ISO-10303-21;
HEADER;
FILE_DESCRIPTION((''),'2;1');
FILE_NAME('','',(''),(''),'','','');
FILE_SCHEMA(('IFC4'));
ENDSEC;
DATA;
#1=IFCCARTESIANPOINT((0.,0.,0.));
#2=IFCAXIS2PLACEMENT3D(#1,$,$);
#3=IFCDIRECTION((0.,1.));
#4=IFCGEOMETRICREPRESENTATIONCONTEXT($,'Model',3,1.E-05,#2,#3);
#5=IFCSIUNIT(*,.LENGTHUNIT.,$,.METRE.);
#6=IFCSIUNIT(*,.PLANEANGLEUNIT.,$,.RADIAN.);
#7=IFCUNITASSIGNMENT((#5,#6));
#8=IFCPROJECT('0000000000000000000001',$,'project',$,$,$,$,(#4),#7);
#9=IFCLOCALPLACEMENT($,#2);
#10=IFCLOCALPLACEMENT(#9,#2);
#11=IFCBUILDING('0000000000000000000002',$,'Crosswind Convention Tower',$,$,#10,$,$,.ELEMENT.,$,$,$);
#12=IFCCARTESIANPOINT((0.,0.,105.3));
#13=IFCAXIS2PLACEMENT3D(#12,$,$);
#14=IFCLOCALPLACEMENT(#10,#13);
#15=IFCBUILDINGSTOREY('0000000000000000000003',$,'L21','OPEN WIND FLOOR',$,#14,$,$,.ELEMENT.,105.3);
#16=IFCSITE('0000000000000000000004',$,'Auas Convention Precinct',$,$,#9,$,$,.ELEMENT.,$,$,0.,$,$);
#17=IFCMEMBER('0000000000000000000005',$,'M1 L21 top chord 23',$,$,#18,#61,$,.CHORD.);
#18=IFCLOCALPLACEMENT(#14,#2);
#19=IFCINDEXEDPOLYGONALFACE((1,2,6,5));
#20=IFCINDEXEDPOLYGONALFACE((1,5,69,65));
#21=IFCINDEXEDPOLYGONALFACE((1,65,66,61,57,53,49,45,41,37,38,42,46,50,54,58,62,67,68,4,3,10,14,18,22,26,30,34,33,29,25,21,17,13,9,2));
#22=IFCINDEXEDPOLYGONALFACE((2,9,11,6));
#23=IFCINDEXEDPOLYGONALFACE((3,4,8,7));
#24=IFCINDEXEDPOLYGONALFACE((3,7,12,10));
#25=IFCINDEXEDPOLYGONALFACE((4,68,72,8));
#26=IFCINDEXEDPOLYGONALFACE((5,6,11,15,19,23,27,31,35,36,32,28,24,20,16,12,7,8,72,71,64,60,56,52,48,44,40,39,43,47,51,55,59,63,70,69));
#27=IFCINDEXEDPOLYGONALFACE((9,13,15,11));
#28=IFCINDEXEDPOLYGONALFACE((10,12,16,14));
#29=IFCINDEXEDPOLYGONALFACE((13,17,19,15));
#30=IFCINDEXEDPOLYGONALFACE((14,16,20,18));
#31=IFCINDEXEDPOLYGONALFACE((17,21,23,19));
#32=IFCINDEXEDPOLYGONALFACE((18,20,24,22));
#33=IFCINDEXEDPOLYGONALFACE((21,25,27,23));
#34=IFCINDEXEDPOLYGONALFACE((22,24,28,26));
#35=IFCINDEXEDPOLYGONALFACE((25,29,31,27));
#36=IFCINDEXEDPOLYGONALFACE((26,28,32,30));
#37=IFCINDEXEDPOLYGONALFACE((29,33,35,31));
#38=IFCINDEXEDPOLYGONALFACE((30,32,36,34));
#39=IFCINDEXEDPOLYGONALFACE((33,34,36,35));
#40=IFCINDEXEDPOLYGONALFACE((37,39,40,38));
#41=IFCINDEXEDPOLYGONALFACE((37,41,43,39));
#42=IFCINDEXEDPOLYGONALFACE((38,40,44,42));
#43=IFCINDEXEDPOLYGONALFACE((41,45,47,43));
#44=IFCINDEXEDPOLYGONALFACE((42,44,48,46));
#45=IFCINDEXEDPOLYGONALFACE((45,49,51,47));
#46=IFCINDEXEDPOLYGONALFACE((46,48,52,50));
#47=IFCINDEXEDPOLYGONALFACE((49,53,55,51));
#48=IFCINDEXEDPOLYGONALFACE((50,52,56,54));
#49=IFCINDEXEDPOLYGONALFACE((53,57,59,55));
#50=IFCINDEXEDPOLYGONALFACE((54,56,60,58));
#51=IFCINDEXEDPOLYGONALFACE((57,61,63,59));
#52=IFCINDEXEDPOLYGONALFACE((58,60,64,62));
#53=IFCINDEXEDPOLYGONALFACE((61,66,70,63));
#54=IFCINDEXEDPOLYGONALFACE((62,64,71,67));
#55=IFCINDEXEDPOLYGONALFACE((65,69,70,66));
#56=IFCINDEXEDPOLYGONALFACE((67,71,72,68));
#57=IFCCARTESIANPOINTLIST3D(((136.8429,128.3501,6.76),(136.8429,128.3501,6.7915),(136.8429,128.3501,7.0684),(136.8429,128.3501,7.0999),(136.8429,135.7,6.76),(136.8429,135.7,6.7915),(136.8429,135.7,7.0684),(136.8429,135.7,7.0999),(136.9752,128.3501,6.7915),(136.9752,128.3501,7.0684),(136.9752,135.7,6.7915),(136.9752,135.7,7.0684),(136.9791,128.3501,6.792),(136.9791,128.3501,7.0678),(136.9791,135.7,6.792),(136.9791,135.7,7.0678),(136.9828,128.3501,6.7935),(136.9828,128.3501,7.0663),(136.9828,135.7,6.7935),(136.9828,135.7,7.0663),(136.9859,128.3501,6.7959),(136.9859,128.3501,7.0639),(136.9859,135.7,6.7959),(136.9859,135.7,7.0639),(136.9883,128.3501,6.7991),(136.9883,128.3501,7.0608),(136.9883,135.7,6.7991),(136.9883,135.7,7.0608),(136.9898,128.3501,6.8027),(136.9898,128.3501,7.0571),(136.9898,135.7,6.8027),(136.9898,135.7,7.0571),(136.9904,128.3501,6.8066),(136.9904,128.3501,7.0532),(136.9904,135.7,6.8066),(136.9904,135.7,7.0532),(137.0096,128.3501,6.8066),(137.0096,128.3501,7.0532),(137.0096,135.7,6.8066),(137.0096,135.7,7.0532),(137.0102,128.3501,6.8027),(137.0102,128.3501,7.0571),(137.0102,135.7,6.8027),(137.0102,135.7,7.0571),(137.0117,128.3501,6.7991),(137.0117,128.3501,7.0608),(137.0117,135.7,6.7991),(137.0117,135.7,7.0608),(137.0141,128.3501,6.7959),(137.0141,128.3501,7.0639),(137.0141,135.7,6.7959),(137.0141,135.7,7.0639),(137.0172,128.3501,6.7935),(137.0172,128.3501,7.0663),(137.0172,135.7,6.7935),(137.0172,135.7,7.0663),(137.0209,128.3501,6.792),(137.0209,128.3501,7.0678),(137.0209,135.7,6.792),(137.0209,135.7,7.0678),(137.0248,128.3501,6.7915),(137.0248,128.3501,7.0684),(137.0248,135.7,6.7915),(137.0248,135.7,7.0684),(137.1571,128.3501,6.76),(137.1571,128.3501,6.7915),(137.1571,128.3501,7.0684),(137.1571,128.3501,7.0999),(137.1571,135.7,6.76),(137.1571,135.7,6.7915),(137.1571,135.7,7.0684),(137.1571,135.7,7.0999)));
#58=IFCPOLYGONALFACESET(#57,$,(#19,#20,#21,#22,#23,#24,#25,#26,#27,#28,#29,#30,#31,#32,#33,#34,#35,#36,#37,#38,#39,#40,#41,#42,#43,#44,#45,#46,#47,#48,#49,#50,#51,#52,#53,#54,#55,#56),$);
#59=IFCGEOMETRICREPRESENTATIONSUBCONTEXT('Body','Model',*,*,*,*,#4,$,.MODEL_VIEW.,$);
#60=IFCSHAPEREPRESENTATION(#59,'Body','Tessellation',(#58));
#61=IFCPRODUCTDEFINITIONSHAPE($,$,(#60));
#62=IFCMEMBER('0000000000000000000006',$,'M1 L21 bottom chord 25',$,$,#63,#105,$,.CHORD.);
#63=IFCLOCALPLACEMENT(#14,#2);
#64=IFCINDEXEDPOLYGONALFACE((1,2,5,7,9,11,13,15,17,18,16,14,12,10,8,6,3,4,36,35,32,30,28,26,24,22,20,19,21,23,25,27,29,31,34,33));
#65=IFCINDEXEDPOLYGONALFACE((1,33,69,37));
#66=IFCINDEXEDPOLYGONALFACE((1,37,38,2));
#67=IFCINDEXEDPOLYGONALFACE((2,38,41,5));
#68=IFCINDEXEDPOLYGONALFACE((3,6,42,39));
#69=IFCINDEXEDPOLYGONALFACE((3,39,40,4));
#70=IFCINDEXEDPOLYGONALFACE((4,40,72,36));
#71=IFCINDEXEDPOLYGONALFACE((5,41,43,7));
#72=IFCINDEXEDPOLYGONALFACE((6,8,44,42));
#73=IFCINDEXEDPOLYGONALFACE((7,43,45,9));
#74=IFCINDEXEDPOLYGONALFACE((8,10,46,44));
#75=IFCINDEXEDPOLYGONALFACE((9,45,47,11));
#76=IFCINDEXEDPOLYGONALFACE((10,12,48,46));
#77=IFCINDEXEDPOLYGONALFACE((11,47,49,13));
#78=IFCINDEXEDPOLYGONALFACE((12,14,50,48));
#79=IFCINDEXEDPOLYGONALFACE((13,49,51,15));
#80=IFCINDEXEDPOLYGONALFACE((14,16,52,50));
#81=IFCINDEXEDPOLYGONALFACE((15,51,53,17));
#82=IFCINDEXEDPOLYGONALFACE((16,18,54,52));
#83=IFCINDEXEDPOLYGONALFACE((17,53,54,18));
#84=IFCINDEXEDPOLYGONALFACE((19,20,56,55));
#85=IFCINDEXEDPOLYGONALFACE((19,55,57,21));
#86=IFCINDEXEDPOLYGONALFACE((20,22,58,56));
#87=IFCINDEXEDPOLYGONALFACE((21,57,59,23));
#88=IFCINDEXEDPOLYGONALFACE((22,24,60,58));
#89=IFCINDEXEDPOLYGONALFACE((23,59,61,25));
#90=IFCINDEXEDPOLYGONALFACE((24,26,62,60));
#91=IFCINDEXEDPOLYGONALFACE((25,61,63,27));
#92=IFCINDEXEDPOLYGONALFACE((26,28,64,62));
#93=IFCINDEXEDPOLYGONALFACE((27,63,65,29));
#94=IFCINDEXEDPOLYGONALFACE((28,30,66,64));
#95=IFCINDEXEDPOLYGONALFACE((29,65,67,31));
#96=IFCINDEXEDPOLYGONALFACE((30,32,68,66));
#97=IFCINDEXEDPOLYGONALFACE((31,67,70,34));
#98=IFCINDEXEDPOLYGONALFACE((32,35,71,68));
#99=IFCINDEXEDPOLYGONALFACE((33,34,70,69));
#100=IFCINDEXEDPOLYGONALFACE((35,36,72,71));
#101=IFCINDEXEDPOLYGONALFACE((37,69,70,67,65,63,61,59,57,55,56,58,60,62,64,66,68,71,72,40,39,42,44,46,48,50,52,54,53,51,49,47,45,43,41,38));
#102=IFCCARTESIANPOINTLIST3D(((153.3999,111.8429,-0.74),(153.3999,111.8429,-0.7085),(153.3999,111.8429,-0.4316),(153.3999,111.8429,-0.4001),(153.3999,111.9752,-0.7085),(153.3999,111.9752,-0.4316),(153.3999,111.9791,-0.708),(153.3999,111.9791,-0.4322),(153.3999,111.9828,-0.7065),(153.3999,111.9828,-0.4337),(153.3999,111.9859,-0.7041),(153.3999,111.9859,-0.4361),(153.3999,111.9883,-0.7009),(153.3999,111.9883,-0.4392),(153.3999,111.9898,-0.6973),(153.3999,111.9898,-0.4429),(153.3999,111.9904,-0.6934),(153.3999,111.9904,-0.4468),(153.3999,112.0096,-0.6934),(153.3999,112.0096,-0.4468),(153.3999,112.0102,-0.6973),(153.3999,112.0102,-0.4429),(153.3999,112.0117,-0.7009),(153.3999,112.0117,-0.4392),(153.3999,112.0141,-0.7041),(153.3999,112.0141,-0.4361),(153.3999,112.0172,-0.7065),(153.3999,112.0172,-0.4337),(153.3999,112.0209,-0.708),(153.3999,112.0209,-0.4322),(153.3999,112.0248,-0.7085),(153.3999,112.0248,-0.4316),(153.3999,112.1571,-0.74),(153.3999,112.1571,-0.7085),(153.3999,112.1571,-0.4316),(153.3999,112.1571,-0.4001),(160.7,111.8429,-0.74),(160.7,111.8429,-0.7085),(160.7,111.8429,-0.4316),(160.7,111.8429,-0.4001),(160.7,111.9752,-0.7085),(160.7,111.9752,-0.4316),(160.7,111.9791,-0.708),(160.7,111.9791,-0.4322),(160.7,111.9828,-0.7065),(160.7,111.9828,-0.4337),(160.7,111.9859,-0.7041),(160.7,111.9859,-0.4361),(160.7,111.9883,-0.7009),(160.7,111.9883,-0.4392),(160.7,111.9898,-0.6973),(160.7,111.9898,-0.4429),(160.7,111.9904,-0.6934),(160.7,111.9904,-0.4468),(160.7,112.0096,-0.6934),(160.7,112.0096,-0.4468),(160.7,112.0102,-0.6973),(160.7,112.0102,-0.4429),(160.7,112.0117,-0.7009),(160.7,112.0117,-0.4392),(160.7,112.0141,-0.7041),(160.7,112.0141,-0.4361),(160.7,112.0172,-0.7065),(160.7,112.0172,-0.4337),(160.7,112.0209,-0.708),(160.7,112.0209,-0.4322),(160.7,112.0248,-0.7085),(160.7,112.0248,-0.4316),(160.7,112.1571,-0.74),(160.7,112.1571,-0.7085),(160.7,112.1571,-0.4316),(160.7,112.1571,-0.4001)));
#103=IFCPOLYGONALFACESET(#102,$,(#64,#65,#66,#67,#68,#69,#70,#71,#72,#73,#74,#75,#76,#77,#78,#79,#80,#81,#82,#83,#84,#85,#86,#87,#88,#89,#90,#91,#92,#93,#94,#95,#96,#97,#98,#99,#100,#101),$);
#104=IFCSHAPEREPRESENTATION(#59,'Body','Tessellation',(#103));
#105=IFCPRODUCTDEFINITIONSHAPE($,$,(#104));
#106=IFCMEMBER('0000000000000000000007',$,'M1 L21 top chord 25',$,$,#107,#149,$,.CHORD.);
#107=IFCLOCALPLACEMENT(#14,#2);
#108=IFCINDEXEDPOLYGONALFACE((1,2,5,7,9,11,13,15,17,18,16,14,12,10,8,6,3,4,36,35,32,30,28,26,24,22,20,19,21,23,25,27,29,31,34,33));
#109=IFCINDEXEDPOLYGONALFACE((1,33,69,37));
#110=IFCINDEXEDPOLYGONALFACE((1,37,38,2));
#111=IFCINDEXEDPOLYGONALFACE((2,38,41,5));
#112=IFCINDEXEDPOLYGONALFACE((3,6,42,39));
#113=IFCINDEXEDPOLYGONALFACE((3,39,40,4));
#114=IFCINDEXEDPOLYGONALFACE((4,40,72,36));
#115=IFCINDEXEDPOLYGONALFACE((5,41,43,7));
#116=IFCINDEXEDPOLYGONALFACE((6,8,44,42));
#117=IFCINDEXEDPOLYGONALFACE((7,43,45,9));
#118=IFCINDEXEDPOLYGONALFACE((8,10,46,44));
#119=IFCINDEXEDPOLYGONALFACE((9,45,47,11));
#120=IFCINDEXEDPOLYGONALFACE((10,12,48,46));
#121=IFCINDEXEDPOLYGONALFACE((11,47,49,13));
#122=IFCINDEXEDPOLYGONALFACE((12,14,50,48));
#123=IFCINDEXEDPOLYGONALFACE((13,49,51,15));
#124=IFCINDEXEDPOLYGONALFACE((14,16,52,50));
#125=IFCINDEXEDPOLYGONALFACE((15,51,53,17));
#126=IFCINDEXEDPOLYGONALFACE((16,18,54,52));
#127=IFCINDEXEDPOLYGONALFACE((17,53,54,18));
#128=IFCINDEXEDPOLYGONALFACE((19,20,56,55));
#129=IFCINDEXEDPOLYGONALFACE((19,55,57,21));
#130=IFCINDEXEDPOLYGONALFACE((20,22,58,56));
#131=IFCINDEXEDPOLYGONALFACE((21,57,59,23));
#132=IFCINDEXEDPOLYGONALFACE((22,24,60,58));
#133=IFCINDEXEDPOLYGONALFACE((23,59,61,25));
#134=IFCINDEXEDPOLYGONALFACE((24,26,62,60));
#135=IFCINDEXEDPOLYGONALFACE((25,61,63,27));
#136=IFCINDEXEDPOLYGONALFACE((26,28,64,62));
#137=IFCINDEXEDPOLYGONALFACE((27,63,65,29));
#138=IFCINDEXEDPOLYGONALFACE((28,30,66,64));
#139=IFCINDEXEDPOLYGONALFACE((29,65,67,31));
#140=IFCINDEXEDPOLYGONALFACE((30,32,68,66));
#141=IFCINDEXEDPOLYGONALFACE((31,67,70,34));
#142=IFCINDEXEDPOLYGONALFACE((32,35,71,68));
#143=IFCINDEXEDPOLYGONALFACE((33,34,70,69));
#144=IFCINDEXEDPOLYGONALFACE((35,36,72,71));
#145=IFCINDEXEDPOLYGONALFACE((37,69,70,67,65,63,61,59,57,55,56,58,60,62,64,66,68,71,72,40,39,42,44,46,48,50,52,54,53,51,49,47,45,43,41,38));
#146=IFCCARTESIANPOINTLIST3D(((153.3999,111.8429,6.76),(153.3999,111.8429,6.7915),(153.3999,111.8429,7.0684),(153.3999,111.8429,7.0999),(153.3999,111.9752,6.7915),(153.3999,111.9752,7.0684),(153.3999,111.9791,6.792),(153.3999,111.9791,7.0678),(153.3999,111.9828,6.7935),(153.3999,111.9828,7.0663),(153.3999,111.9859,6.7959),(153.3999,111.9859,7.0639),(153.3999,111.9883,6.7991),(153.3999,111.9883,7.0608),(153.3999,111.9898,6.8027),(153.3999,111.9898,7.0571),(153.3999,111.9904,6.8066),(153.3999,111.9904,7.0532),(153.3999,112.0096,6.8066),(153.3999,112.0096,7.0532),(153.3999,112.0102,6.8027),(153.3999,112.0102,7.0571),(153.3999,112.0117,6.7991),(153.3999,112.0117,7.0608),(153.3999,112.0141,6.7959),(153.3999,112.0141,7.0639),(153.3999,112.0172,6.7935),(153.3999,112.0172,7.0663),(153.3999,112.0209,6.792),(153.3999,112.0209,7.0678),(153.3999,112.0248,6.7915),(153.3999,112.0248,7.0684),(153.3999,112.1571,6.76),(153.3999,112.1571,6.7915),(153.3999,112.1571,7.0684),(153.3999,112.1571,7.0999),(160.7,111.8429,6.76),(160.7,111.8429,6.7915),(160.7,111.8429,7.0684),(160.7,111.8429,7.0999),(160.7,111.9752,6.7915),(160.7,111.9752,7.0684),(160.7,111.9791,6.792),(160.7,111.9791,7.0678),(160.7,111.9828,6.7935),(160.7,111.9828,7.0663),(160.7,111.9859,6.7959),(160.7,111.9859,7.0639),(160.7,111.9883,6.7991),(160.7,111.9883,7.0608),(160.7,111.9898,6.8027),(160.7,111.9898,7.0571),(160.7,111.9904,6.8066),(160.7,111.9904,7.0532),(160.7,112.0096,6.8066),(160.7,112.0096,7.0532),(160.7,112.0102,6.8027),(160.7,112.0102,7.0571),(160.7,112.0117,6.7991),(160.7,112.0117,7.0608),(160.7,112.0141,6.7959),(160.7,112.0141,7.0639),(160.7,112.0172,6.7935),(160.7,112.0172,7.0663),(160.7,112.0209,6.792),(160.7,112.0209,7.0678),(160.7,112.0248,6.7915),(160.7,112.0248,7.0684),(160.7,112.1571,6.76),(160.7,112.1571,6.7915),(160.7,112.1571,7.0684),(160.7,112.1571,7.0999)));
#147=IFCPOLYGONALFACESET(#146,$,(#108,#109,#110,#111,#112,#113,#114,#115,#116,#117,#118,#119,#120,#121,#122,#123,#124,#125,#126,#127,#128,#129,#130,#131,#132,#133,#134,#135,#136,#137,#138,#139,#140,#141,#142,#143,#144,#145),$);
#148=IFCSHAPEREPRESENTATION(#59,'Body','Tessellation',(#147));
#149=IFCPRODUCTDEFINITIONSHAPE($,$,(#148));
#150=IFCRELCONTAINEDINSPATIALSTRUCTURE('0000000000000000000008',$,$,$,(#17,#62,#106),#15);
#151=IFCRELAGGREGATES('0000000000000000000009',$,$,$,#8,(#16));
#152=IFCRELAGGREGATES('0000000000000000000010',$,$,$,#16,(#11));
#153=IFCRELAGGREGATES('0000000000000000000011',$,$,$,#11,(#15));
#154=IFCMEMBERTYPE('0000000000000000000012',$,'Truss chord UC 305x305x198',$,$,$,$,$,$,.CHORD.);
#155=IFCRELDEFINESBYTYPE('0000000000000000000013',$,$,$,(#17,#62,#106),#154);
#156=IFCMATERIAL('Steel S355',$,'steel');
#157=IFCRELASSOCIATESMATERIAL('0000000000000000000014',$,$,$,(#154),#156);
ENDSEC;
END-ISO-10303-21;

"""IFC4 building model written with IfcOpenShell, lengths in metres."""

from ifc_helpers import new_model, si_unit, direction, frame, origin, origin_2d, place, context, subcontext, project, spatial, i_section, extrude, material, material_profile, profile_set, type_object, element, save


model = new_model("IFC4")

# Units and contexts
model_context = context("Model", 3, precision=1e-05, world=origin(), true_north=direction((0.0, 1.0)))
body_context = subcontext(model_context, "Body", "Model", "MODEL_VIEW")
ifc_project = project(units=[si_unit("LENGTHUNIT", "METRE"), si_unit("PLANEANGLEUNIT", "RADIAN")], contexts=[model_context])

# Site, building, storey
site_placement = place(None, origin())
site = spatial("IfcSite", under=ifc_project, at=site_placement, Name="Auas Convention Precinct", CompositionType="ELEMENT", RefElevation=0.0)
building_placement = place(site_placement, origin())
building = spatial("IfcBuilding", under=site, at=building_placement, Name="Crosswind Convention Tower", CompositionType="ELEMENT")
storey_placement = place(building_placement, frame((0.0, 0.0, 105.3)))
storey = spatial("IfcBuildingStorey", under=building, at=storey_placement, Name="L21", Description="OPEN WIND FLOOR", CompositionType="ELEMENT", Elevation=105.3)

# Members
ifc_material_1 = material(Name="Steel S355", Category="steel")
ifc_material_profile_1 = material_profile(ifc_material_1, i_section(OverallWidth=0.3142, OverallDepth=0.3398, WebThickness=0.0193, FlangeThickness=0.0315, FilletRadius=0.0151, at=origin_2d()), Name="UC 305x305x198")
ifc_profile_set_1 = profile_set([ifc_material_profile_1], Name="Steel S355")
member_type_1 = type_object("IfcMemberType", Name="Truss chord UC 305x305x198", PredefinedType="CHORD", material=ifc_profile_set_1)
member_1_placement = place(storey_placement, frame((137.0, 128.3501, 6.9299), z_axis=(0.0, 1.0, 0.0), x_axis=(-1.0, 0.0, 0.0)))
element("IfcMember", 1, at=member_1_placement, inside=storey, type_object=member_type_1, Name="M1 L21 top chord 23", PredefinedType="CHORD", context=body_context, shape_type="SweptSolid", body=[
    extrude(i_section(OverallWidth=0.3142, OverallDepth=0.3398, WebThickness=0.0193, FlangeThickness=0.0315, FilletRadius=0.0151, at=origin_2d()), origin(), (0.0, 0.0, 1.0), 7.3499),
])
for number, where, z_axis, x_axis, name in (
    (2, (153.3999, 112.0, -0.5701), (1.0, 0.0, 0.0), (0.0, 1.0, 0.0), "M1 L21 bottom chord 25"),
    (3, (153.3999, 112.0, 6.9299), (1.0, 0.0, 0.0), (0.0, 1.0, 0.0), "M1 L21 top chord 25"),
):
    element("IfcMember", number, at=place(storey_placement, frame(where, z_axis=z_axis, x_axis=x_axis)), inside=storey, type_object=member_type_1, Name=name, PredefinedType="CHORD", context=body_context, shape_type="SweptSolid", body=[
        extrude(i_section(OverallWidth=0.3142, OverallDepth=0.3398, WebThickness=0.0193, FlangeThickness=0.0315, FilletRadius=0.0151, at=origin_2d()), origin(), (0.0, 0.0, 1.0), 7.3),
    ])

save(model, "model.ifc")
